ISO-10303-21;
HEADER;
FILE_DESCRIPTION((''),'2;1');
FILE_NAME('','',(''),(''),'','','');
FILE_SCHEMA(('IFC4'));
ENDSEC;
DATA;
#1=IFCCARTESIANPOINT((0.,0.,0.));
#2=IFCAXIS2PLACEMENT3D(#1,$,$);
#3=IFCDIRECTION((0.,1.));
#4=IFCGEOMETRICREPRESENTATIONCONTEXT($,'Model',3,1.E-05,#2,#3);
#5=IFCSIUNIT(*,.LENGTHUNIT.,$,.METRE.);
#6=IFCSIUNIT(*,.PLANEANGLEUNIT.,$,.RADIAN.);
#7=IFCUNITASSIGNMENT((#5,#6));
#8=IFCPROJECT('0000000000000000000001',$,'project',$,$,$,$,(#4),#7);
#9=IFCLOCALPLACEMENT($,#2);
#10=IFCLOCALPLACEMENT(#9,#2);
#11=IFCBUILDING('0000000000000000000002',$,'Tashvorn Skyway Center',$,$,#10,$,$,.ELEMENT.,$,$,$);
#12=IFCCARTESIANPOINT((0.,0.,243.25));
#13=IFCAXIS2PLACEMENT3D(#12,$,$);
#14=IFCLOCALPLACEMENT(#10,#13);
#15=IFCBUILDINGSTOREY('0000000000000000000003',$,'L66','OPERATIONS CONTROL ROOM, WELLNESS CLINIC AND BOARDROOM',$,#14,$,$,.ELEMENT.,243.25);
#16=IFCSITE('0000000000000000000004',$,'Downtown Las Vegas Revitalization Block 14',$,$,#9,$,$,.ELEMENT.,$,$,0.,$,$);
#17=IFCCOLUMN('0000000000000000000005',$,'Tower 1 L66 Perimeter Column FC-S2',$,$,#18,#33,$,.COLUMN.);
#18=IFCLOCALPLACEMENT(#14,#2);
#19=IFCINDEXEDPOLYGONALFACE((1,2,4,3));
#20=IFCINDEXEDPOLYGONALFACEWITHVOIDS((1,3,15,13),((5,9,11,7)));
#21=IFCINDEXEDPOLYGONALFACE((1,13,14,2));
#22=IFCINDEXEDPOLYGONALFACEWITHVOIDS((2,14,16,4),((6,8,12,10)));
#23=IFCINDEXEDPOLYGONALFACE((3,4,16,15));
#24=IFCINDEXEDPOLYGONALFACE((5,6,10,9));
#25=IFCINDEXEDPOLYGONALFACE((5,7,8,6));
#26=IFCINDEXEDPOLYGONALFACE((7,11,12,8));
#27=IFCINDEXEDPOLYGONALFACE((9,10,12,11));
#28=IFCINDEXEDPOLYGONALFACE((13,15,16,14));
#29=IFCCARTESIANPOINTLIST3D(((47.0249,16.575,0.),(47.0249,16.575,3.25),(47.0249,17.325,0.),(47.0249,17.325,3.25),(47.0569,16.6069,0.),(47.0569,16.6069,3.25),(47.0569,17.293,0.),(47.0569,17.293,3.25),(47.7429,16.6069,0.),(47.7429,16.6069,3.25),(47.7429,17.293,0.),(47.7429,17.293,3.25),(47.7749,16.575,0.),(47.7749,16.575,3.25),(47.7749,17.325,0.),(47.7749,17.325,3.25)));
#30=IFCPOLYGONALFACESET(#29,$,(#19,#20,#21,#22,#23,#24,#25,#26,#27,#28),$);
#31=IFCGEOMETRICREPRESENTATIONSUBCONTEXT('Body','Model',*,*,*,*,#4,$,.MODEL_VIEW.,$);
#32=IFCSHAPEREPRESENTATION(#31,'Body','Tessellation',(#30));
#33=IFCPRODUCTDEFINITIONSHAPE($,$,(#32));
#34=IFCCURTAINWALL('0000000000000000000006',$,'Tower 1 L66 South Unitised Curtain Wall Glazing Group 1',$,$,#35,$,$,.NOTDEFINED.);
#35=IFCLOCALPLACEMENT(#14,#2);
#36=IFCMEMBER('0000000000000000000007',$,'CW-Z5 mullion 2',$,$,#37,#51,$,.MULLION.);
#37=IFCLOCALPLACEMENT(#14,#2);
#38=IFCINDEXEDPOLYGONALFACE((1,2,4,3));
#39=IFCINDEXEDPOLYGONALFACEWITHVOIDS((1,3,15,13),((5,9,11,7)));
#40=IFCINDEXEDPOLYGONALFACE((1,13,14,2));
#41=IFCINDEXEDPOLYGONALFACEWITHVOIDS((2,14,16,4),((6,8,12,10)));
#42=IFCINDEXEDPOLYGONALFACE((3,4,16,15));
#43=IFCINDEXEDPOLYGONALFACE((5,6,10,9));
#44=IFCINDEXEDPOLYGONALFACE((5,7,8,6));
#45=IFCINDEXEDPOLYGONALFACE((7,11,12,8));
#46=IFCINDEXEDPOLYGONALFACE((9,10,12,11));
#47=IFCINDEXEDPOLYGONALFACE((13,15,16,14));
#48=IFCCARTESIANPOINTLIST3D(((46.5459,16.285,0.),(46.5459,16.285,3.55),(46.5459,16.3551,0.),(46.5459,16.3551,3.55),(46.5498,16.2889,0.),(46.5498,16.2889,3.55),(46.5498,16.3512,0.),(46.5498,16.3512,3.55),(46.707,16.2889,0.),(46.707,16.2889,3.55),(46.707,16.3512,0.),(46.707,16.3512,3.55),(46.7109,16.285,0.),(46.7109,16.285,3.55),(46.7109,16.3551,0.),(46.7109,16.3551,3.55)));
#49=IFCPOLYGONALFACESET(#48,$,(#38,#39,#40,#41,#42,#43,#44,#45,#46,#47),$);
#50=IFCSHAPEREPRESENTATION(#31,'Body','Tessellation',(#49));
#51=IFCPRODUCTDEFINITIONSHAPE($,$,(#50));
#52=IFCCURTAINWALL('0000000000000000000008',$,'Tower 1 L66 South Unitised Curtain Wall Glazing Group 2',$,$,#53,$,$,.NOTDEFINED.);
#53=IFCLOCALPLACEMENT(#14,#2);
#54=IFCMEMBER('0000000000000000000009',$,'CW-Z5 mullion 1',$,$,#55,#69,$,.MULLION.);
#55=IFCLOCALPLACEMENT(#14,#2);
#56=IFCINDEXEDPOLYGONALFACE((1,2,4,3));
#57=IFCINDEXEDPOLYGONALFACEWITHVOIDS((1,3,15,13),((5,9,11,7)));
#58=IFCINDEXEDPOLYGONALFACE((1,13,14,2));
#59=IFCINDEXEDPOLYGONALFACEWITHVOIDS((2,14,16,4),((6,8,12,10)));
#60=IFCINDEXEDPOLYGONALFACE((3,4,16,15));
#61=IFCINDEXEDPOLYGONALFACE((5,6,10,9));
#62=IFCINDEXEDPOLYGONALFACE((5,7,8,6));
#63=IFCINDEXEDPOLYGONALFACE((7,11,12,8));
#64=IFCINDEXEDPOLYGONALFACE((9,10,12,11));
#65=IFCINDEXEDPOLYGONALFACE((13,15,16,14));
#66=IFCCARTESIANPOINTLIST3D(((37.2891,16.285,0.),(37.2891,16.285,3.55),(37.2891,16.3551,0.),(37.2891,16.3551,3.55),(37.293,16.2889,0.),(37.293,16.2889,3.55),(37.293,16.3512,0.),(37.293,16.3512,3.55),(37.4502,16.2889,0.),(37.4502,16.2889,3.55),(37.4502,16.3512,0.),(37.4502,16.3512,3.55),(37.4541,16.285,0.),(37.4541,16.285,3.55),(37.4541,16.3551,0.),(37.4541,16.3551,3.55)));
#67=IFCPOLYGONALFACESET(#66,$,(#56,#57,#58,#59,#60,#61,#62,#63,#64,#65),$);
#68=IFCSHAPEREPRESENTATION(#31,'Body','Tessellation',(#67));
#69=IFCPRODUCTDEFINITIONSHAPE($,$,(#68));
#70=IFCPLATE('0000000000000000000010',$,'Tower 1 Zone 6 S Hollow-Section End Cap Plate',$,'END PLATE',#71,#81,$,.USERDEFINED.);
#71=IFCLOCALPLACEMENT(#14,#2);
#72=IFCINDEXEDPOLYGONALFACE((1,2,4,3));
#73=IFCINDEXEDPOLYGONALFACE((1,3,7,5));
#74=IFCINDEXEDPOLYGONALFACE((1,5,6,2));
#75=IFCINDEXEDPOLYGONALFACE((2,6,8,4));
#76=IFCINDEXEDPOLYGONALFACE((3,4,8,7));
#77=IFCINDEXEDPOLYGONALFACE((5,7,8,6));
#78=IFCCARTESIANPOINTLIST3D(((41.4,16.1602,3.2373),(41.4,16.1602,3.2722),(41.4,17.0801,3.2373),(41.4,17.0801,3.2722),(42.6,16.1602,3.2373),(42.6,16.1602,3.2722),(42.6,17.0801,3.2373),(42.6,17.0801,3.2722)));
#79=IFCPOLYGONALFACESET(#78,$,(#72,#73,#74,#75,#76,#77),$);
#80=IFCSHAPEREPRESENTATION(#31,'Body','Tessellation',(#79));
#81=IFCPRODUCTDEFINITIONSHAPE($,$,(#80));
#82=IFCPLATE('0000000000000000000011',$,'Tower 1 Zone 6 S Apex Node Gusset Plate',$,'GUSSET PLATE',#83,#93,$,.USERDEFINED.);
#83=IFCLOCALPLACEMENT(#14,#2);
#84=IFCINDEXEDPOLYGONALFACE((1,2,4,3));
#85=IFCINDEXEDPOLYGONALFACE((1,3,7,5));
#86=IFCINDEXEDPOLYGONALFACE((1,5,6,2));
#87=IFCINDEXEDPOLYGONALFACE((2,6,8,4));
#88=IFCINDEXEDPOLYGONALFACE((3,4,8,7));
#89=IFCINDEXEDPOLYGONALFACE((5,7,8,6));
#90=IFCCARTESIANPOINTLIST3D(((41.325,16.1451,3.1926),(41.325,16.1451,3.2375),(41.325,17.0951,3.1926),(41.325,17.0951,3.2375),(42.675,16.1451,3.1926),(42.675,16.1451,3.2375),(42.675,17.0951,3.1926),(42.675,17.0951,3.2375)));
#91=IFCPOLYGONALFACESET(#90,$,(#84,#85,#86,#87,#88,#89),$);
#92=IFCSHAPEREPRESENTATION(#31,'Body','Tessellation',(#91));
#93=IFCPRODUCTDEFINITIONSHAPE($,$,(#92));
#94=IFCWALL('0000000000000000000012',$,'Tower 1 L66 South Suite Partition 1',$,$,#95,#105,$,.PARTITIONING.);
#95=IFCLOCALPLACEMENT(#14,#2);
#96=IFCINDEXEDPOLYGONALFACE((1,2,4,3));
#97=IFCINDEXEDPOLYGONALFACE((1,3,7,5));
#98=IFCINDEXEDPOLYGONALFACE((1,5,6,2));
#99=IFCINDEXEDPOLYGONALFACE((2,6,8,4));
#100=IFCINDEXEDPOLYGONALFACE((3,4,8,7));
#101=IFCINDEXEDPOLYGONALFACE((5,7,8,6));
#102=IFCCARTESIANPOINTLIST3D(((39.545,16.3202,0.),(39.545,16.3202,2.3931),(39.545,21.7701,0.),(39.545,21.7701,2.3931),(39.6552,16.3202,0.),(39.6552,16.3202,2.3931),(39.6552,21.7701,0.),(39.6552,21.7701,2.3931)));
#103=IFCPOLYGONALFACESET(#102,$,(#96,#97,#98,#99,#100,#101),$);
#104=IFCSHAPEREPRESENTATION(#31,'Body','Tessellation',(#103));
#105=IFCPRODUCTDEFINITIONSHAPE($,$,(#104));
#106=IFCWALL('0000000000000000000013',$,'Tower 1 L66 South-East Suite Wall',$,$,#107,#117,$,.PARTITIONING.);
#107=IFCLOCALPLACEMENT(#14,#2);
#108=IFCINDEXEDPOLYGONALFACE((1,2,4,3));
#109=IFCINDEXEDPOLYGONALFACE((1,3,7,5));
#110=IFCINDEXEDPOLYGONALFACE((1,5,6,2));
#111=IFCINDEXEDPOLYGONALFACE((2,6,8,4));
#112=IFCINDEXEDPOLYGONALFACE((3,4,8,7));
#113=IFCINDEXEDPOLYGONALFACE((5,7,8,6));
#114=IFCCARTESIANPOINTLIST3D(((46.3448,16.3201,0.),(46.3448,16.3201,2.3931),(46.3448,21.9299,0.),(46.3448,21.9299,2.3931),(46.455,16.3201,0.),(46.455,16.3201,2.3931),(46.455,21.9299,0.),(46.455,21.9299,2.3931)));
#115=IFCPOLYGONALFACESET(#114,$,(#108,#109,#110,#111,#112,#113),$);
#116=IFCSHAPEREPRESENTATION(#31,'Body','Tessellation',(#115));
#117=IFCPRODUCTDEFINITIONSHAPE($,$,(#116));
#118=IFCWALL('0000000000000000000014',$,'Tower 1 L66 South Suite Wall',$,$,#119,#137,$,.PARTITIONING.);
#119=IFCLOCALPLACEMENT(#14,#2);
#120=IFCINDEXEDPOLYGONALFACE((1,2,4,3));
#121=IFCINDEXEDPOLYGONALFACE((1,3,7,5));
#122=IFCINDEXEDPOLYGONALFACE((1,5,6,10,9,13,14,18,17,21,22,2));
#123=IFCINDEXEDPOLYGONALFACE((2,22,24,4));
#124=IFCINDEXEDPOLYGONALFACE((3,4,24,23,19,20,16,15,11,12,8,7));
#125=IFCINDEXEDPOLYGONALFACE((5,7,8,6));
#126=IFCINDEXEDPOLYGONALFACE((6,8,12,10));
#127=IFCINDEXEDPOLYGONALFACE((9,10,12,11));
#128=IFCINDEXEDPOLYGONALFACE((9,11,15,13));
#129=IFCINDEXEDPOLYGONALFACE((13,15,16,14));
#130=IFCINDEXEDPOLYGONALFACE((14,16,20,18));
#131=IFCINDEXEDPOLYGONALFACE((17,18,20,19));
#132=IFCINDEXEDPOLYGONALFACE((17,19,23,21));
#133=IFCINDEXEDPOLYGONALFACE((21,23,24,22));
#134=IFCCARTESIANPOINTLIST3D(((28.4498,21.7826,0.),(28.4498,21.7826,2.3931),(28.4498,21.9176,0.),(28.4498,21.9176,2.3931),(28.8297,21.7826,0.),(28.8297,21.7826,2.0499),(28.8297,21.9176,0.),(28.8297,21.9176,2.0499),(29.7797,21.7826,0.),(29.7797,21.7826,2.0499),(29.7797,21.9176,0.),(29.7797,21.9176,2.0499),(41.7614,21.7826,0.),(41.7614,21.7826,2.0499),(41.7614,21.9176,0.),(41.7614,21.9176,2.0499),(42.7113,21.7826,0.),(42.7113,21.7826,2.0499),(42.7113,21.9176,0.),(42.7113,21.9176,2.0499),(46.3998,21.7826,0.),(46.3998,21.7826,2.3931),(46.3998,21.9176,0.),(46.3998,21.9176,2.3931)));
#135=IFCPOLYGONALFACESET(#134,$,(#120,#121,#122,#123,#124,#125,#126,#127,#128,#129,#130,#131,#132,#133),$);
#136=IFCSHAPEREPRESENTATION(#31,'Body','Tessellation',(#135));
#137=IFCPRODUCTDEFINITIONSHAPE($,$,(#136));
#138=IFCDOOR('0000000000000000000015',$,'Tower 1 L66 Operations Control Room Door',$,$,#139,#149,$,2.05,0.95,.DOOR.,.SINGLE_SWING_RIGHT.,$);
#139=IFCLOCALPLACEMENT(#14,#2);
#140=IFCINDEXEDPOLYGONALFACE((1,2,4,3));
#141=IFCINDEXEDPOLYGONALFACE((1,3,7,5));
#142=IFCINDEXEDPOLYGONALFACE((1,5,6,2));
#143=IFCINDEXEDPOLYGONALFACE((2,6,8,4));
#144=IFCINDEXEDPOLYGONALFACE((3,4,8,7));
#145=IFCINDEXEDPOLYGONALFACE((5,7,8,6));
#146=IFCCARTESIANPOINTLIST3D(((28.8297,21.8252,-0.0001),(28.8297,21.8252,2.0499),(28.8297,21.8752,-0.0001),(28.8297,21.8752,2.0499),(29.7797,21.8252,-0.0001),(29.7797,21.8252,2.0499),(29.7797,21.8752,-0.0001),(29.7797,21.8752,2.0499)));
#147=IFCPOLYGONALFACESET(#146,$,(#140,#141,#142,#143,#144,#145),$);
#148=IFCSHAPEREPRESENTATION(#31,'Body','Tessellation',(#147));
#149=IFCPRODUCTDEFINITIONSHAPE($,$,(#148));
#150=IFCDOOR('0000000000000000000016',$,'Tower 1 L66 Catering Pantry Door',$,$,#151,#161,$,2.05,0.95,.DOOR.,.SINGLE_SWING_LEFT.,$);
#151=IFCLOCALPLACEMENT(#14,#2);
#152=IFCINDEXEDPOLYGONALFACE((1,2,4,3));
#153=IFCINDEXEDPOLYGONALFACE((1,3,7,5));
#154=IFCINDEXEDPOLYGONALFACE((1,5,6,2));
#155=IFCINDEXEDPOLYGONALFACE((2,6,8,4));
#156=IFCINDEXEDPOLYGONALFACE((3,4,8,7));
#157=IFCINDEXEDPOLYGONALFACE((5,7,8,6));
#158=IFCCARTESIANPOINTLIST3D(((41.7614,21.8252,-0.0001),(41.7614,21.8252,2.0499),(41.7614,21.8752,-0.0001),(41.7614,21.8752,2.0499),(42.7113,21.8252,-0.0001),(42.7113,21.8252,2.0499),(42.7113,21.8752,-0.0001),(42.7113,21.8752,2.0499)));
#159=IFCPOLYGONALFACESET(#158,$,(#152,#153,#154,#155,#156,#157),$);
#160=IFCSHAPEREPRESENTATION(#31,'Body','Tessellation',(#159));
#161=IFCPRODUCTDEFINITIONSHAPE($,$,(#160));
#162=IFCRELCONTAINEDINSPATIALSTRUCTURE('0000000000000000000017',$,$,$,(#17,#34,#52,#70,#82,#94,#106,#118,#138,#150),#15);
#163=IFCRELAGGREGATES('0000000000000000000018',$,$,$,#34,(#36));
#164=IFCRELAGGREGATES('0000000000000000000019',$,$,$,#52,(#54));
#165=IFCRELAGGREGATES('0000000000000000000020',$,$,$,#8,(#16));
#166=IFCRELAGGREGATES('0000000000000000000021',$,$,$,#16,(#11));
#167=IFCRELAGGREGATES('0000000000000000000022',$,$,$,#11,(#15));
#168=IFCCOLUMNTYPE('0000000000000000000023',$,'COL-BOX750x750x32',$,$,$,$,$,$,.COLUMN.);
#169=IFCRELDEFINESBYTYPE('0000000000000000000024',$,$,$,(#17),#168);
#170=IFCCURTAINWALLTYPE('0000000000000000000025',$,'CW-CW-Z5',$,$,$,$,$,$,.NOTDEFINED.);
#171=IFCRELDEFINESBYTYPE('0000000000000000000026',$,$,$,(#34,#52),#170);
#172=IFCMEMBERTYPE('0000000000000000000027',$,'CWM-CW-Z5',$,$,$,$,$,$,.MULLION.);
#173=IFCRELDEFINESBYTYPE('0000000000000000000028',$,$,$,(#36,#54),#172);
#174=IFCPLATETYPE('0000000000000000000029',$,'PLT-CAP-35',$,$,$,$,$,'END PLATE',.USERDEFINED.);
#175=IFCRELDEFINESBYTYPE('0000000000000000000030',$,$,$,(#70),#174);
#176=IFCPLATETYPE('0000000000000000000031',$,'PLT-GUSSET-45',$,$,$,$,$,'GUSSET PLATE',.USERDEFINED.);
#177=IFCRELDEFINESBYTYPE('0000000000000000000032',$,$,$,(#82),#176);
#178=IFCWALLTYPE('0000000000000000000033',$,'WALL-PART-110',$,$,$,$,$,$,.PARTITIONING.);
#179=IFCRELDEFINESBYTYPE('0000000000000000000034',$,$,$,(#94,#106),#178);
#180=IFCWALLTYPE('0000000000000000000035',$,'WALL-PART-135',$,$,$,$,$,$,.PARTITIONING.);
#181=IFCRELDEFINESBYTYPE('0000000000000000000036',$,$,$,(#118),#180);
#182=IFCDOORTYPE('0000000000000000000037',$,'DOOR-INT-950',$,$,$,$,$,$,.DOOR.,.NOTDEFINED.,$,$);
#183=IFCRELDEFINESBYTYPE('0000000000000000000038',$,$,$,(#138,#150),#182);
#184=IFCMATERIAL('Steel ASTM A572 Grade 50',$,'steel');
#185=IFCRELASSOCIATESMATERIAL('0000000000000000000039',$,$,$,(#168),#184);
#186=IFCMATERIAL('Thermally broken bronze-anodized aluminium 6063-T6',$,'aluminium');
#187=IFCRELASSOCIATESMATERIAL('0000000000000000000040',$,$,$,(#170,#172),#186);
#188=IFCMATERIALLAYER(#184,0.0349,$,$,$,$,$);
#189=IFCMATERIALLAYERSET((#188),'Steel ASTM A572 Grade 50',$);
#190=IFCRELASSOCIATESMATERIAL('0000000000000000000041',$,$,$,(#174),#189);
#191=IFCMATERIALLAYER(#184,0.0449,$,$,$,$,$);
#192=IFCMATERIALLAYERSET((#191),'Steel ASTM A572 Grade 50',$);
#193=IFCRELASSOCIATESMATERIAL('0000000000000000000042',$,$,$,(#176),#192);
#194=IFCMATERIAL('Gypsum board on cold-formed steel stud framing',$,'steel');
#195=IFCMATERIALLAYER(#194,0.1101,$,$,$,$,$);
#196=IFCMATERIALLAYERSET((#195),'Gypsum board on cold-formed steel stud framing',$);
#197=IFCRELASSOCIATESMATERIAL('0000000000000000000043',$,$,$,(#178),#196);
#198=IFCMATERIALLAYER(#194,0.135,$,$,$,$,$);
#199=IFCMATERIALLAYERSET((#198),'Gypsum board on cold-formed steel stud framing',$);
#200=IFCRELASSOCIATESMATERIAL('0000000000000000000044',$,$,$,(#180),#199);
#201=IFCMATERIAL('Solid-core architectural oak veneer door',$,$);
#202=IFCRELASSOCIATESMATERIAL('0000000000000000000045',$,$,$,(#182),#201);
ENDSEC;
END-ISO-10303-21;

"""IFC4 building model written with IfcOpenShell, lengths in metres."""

from ifc_helpers import new_model, si_unit, direction, frame, frame_2d, origin, origin_2d, place, context, subcontext, project, spatial, rectangle, hollow_rectangle, extrude, material, layer, layer_set, material_profile, profile_set, type_object, element, fill, aggregate, save


model = new_model("IFC4")

# Units and contexts
model_context = context("Model", 3, precision=1e-05, world=origin(), true_north=direction((0.0, 1.0)))
body_context = subcontext(model_context, "Body", "Model", "MODEL_VIEW")
ifc_project = project(units=[si_unit("LENGTHUNIT", "METRE"), si_unit("PLANEANGLEUNIT", "RADIAN")], contexts=[model_context])

# Site, building, storey
site_placement = place(None, origin())
site = spatial("IfcSite", under=ifc_project, at=site_placement, Name="Downtown Las Vegas Revitalization Block 14", CompositionType="ELEMENT", RefElevation=0.0)
building_placement = place(site_placement, origin())
building = spatial("IfcBuilding", under=site, at=building_placement, Name="Tashvorn Skyway Center", CompositionType="ELEMENT")
storey_placement = place(building_placement, frame((0.0, 0.0, 243.25)))
storey = spatial("IfcBuildingStorey", under=building, at=storey_placement, Name="L66", Description="OPERATIONS CONTROL ROOM, WELLNESS CLINIC AND BOARDROOM", CompositionType="ELEMENT", Elevation=243.25)

# Column
ifc_material_1 = material(Name="Steel ASTM A572 Grade 50", Category="steel")
ifc_material_profile_1 = material_profile(ifc_material_1, hollow_rectangle(XDim=0.75, YDim=0.75, WallThickness=0.032, at=origin_2d()), Name="BOX750x750x32")
ifc_profile_set_1 = profile_set([ifc_material_profile_1], Name="Steel ASTM A572 Grade 50")
column_type = type_object("IfcColumnType", Name="COL-BOX750x750x32", PredefinedType="COLUMN", material=ifc_profile_set_1)
column_placement = place(storey_placement, frame((47.3999, 16.95, 0.0), z_axis=(0.0, 0.0, 1.0), x_axis=(1.0, 0.0, 0.0)))
element("IfcColumn", 1, at=column_placement, inside=storey, type_object=column_type, Name="Tower 1 L66 Perimeter Column FC-S2", PredefinedType="COLUMN", context=body_context, shape_type="SweptSolid", body=[
    extrude(hollow_rectangle(XDim=0.75, YDim=0.75, WallThickness=0.032, at=origin_2d()), origin(), (0.0, 0.0, 1.0), 3.25),
])

# Curtain walls, members
ifc_material_2 = material(Name="Thermally broken bronze-anodized aluminium 6063-T6", Category="aluminium")
curtain_wall_type = type_object("IfcCurtainWallType", Name="CW-CW-Z5", PredefinedType="NOTDEFINED", material=ifc_material_2)
curtain_wall_1_placement = place(storey_placement, origin())
curtain_wall_1 = element("IfcCurtainWall", 2, at=curtain_wall_1_placement, inside=storey, type_object=curtain_wall_type, Name="Tower 1 L66 South Unitised Curtain Wall Glazing Group 1", PredefinedType="NOTDEFINED")
ifc_material_profile_2 = material_profile(ifc_material_2, hollow_rectangle(XDim=0.0701, YDim=0.165, WallThickness=0.0039, at=origin_2d()), Name="ALU-MULL-70x165")
ifc_profile_set_2 = profile_set([ifc_material_profile_2], Name="Thermally broken bronze-anodized aluminium 6063-T6")
member_type = type_object("IfcMemberType", Name="CWM-CW-Z5", PredefinedType="MULLION", material=ifc_profile_set_2)
member_1_placement = place(storey_placement, frame((46.6284, 16.3201, 0.0), z_axis=(0.0, 0.0, 1.0), x_axis=(0.0, -1.0, 0.0)))
member_1 = element("IfcMember", 3, at=member_1_placement, type_object=member_type, Name="CW-Z5 mullion 2", PredefinedType="MULLION", context=body_context, shape_type="SweptSolid", body=[
    extrude(hollow_rectangle(XDim=0.0701, YDim=0.165, WallThickness=0.0039, at=origin_2d()), origin(), (0.0, 0.0, 1.0), 3.55),
])
aggregate(curtain_wall_1, [member_1])
curtain_wall_2_placement = place(storey_placement, origin())
curtain_wall_2 = element("IfcCurtainWall", 4, at=curtain_wall_2_placement, inside=storey, type_object=curtain_wall_type, Name="Tower 1 L66 South Unitised Curtain Wall Glazing Group 2", PredefinedType="NOTDEFINED")
member_2_placement = place(storey_placement, frame((37.3716, 16.3201, 0.0), z_axis=(0.0, 0.0, 1.0), x_axis=(0.0, -1.0, 0.0)))
member_2 = element("IfcMember", 5, at=member_2_placement, type_object=member_type, Name="CW-Z5 mullion 1", PredefinedType="MULLION", context=body_context, shape_type="SweptSolid", body=[
    extrude(hollow_rectangle(XDim=0.0701, YDim=0.165, WallThickness=0.0039, at=origin_2d()), origin(), (0.0, 0.0, 1.0), 3.55),
])
aggregate(curtain_wall_2, [member_2])

# Plates
ifc_layer_1 = layer(ifc_material_1, 0.0349)
ifc_layer_set_1 = layer_set([ifc_layer_1], Name="Steel ASTM A572 Grade 50")
plate_type_1 = type_object("IfcPlateType", Name="PLT-CAP-35", ElementType="END PLATE", PredefinedType="USERDEFINED", material=ifc_layer_set_1)
plate_1_placement = place(storey_placement, frame((42.0, 16.6201, 3.2373), z_axis=(0.0, 0.0, 1.0), x_axis=(1.0, 0.0, 0.0)))
element("IfcPlate", 6, at=plate_1_placement, inside=storey, type_object=plate_type_1, Name="Tower 1 Zone 6 S Hollow-Section End Cap Plate", ObjectType="END PLATE", PredefinedType="USERDEFINED", context=body_context, shape_type="SweptSolid", body=[
    extrude(rectangle(XDim=1.2, YDim=0.9199, at=origin_2d()), origin(), (0.0, 0.0, 1.0), 0.0349),
])
ifc_layer_2 = layer(ifc_material_1, 0.0449)
ifc_layer_set_2 = layer_set([ifc_layer_2], Name="Steel ASTM A572 Grade 50")
plate_type_2 = type_object("IfcPlateType", Name="PLT-GUSSET-45", ElementType="GUSSET PLATE", PredefinedType="USERDEFINED", material=ifc_layer_set_2)
plate_2_placement = place(storey_placement, frame((42.0, 16.6201, 3.1926), z_axis=(0.0, 0.0, 1.0), x_axis=(1.0, 0.0, 0.0)))
element("IfcPlate", 7, at=plate_2_placement, inside=storey, type_object=plate_type_2, Name="Tower 1 Zone 6 S Apex Node Gusset Plate", ObjectType="GUSSET PLATE", PredefinedType="USERDEFINED", context=body_context, shape_type="SweptSolid", body=[
    extrude(rectangle(XDim=1.3501, YDim=0.95, at=origin_2d()), origin(), (0.0, 0.0, 1.0), 0.0449),
])

# Walls
ifc_material_3 = material(Name="Gypsum board on cold-formed steel stud framing", Category="steel")
ifc_layer_3 = layer(ifc_material_3, 0.1101)
ifc_layer_set_3 = layer_set([ifc_layer_3], Name="Gypsum board on cold-formed steel stud framing")
wall_type_1 = type_object("IfcWallType", Name="WALL-PART-110", PredefinedType="PARTITIONING", material=ifc_layer_set_3)
wall_1_placement = place(storey_placement, frame((39.6001, 16.3201, 0.0), z_axis=(0.0, 0.0, 1.0), x_axis=(0.0, 1.0, 0.0)))
element("IfcWall", 8, at=wall_1_placement, inside=storey, type_object=wall_type_1, Name="Tower 1 L66 South Suite Partition 1", PredefinedType="PARTITIONING", context=body_context, shape_type="SweptSolid", body=[
    extrude(rectangle(XDim=5.45, YDim=0.1101, at=frame_2d((2.7251, 0.0))), origin(), (0.0, 0.0, 1.0), 2.3931),
])
wall_2_placement = place(storey_placement, frame((46.3999, 16.3201, 0.0), z_axis=(0.0, 0.0, 1.0), x_axis=(0.0, 1.0, 0.0)))
element("IfcWall", 9, at=wall_2_placement, inside=storey, type_object=wall_type_1, Name="Tower 1 L66 South-East Suite Wall", PredefinedType="PARTITIONING", context=body_context, shape_type="SweptSolid", body=[
    extrude(rectangle(XDim=5.6099, YDim=0.1101, at=frame_2d((2.8049, 0.0))), origin(), (0.0, 0.0, 1.0), 2.3931),
])

# Wall, openings, doors
ifc_layer_4 = layer(ifc_material_3, 0.135)
ifc_layer_set_4 = layer_set([ifc_layer_4], Name="Gypsum board on cold-formed steel stud framing")
wall_type_2 = type_object("IfcWallType", Name="WALL-PART-135", PredefinedType="PARTITIONING", material=ifc_layer_set_4)
wall_3_placement = place(storey_placement, frame((46.3999, 21.8501, 0.0), z_axis=(0.0, 0.0, 1.0), x_axis=(-1.0, 0.0, 0.0)))
wall_3 = element("IfcWall", 10, at=wall_3_placement, inside=storey, type_object=wall_type_2, Name="Tower 1 L66 South Suite Wall", PredefinedType="PARTITIONING", context=body_context, shape_type="SweptSolid", body=[
    extrude(rectangle(XDim=17.95, YDim=0.135, at=frame_2d((8.9751, 0.0))), origin(), (0.0, 0.0, 1.0), 2.3931),
])
opening_1_placement = place(wall_3_placement, frame((16.6201, 0.0, 0.0)))
opening_1 = element("IfcOpeningElement", 11, at=opening_1_placement, cuts=wall_3, PredefinedType="OPENING", context=body_context, shape_type="SweptSolid", body=[
    extrude(rectangle(XDim=0.95, YDim=2.05, at=frame_2d((0.4751, 1.0249))), frame((0.0, 0.0774, 0.0), z_axis=(0.0, -1.0, 0.0), x_axis=(1.0, 0.0, 0.0)), (0.0, 0.0, 1.0), 0.155),
])
opening_2_placement = place(wall_3_placement, frame((3.6885, 0.0, 0.0)))
opening_2 = element("IfcOpeningElement", 12, at=opening_2_placement, cuts=wall_3, PredefinedType="OPENING", context=body_context, shape_type="SweptSolid", body=[
    extrude(rectangle(XDim=0.95, YDim=2.05, at=frame_2d((0.4751, 1.0249))), frame((0.0, 0.0774, 0.0), z_axis=(0.0, -1.0, 0.0), x_axis=(1.0, 0.0, 0.0)), (0.0, 0.0, 1.0), 0.155),
])
ifc_material_4 = material(Name="Solid-core architectural oak veneer door")
door_type = type_object("IfcDoorType", Name="DOOR-INT-950", OperationType="NOTDEFINED", PredefinedType="DOOR", material=ifc_material_4)
door_1_placement = place(opening_1_placement, origin())
door_1 = element("IfcDoor", 13, at=door_1_placement, inside=storey, type_object=door_type, Name="Tower 1 L66 Operations Control Room Door", OperationType="SINGLE_SWING_RIGHT", OverallHeight=2.05, OverallWidth=0.95, PredefinedType="DOOR", context=body_context, shape_type="SweptSolid", body=[
    extrude(rectangle(XDim=0.95, YDim=2.05, at=frame_2d((0.4751, 1.0249))), frame((0.0, 0.0249, 0.0), z_axis=(0.0, -1.0, 0.0), x_axis=(1.0, 0.0, 0.0)), (0.0, 0.0, 1.0), 0.05),
])
fill(opening_1, door_1)
door_2_placement = place(opening_2_placement, origin())
door_2 = element("IfcDoor", 14, at=door_2_placement, inside=storey, type_object=door_type, Name="Tower 1 L66 Catering Pantry Door", OperationType="SINGLE_SWING_LEFT", OverallHeight=2.05, OverallWidth=0.95, PredefinedType="DOOR", context=body_context, shape_type="SweptSolid", body=[
    extrude(rectangle(XDim=0.95, YDim=2.05, at=frame_2d((0.4751, 1.0249))), frame((0.0, 0.0249, 0.0), z_axis=(0.0, -1.0, 0.0), x_axis=(1.0, 0.0, 0.0)), (0.0, 0.0, 1.0), 0.05),
])
fill(opening_2, door_2)

save(model, "model.ifc")
